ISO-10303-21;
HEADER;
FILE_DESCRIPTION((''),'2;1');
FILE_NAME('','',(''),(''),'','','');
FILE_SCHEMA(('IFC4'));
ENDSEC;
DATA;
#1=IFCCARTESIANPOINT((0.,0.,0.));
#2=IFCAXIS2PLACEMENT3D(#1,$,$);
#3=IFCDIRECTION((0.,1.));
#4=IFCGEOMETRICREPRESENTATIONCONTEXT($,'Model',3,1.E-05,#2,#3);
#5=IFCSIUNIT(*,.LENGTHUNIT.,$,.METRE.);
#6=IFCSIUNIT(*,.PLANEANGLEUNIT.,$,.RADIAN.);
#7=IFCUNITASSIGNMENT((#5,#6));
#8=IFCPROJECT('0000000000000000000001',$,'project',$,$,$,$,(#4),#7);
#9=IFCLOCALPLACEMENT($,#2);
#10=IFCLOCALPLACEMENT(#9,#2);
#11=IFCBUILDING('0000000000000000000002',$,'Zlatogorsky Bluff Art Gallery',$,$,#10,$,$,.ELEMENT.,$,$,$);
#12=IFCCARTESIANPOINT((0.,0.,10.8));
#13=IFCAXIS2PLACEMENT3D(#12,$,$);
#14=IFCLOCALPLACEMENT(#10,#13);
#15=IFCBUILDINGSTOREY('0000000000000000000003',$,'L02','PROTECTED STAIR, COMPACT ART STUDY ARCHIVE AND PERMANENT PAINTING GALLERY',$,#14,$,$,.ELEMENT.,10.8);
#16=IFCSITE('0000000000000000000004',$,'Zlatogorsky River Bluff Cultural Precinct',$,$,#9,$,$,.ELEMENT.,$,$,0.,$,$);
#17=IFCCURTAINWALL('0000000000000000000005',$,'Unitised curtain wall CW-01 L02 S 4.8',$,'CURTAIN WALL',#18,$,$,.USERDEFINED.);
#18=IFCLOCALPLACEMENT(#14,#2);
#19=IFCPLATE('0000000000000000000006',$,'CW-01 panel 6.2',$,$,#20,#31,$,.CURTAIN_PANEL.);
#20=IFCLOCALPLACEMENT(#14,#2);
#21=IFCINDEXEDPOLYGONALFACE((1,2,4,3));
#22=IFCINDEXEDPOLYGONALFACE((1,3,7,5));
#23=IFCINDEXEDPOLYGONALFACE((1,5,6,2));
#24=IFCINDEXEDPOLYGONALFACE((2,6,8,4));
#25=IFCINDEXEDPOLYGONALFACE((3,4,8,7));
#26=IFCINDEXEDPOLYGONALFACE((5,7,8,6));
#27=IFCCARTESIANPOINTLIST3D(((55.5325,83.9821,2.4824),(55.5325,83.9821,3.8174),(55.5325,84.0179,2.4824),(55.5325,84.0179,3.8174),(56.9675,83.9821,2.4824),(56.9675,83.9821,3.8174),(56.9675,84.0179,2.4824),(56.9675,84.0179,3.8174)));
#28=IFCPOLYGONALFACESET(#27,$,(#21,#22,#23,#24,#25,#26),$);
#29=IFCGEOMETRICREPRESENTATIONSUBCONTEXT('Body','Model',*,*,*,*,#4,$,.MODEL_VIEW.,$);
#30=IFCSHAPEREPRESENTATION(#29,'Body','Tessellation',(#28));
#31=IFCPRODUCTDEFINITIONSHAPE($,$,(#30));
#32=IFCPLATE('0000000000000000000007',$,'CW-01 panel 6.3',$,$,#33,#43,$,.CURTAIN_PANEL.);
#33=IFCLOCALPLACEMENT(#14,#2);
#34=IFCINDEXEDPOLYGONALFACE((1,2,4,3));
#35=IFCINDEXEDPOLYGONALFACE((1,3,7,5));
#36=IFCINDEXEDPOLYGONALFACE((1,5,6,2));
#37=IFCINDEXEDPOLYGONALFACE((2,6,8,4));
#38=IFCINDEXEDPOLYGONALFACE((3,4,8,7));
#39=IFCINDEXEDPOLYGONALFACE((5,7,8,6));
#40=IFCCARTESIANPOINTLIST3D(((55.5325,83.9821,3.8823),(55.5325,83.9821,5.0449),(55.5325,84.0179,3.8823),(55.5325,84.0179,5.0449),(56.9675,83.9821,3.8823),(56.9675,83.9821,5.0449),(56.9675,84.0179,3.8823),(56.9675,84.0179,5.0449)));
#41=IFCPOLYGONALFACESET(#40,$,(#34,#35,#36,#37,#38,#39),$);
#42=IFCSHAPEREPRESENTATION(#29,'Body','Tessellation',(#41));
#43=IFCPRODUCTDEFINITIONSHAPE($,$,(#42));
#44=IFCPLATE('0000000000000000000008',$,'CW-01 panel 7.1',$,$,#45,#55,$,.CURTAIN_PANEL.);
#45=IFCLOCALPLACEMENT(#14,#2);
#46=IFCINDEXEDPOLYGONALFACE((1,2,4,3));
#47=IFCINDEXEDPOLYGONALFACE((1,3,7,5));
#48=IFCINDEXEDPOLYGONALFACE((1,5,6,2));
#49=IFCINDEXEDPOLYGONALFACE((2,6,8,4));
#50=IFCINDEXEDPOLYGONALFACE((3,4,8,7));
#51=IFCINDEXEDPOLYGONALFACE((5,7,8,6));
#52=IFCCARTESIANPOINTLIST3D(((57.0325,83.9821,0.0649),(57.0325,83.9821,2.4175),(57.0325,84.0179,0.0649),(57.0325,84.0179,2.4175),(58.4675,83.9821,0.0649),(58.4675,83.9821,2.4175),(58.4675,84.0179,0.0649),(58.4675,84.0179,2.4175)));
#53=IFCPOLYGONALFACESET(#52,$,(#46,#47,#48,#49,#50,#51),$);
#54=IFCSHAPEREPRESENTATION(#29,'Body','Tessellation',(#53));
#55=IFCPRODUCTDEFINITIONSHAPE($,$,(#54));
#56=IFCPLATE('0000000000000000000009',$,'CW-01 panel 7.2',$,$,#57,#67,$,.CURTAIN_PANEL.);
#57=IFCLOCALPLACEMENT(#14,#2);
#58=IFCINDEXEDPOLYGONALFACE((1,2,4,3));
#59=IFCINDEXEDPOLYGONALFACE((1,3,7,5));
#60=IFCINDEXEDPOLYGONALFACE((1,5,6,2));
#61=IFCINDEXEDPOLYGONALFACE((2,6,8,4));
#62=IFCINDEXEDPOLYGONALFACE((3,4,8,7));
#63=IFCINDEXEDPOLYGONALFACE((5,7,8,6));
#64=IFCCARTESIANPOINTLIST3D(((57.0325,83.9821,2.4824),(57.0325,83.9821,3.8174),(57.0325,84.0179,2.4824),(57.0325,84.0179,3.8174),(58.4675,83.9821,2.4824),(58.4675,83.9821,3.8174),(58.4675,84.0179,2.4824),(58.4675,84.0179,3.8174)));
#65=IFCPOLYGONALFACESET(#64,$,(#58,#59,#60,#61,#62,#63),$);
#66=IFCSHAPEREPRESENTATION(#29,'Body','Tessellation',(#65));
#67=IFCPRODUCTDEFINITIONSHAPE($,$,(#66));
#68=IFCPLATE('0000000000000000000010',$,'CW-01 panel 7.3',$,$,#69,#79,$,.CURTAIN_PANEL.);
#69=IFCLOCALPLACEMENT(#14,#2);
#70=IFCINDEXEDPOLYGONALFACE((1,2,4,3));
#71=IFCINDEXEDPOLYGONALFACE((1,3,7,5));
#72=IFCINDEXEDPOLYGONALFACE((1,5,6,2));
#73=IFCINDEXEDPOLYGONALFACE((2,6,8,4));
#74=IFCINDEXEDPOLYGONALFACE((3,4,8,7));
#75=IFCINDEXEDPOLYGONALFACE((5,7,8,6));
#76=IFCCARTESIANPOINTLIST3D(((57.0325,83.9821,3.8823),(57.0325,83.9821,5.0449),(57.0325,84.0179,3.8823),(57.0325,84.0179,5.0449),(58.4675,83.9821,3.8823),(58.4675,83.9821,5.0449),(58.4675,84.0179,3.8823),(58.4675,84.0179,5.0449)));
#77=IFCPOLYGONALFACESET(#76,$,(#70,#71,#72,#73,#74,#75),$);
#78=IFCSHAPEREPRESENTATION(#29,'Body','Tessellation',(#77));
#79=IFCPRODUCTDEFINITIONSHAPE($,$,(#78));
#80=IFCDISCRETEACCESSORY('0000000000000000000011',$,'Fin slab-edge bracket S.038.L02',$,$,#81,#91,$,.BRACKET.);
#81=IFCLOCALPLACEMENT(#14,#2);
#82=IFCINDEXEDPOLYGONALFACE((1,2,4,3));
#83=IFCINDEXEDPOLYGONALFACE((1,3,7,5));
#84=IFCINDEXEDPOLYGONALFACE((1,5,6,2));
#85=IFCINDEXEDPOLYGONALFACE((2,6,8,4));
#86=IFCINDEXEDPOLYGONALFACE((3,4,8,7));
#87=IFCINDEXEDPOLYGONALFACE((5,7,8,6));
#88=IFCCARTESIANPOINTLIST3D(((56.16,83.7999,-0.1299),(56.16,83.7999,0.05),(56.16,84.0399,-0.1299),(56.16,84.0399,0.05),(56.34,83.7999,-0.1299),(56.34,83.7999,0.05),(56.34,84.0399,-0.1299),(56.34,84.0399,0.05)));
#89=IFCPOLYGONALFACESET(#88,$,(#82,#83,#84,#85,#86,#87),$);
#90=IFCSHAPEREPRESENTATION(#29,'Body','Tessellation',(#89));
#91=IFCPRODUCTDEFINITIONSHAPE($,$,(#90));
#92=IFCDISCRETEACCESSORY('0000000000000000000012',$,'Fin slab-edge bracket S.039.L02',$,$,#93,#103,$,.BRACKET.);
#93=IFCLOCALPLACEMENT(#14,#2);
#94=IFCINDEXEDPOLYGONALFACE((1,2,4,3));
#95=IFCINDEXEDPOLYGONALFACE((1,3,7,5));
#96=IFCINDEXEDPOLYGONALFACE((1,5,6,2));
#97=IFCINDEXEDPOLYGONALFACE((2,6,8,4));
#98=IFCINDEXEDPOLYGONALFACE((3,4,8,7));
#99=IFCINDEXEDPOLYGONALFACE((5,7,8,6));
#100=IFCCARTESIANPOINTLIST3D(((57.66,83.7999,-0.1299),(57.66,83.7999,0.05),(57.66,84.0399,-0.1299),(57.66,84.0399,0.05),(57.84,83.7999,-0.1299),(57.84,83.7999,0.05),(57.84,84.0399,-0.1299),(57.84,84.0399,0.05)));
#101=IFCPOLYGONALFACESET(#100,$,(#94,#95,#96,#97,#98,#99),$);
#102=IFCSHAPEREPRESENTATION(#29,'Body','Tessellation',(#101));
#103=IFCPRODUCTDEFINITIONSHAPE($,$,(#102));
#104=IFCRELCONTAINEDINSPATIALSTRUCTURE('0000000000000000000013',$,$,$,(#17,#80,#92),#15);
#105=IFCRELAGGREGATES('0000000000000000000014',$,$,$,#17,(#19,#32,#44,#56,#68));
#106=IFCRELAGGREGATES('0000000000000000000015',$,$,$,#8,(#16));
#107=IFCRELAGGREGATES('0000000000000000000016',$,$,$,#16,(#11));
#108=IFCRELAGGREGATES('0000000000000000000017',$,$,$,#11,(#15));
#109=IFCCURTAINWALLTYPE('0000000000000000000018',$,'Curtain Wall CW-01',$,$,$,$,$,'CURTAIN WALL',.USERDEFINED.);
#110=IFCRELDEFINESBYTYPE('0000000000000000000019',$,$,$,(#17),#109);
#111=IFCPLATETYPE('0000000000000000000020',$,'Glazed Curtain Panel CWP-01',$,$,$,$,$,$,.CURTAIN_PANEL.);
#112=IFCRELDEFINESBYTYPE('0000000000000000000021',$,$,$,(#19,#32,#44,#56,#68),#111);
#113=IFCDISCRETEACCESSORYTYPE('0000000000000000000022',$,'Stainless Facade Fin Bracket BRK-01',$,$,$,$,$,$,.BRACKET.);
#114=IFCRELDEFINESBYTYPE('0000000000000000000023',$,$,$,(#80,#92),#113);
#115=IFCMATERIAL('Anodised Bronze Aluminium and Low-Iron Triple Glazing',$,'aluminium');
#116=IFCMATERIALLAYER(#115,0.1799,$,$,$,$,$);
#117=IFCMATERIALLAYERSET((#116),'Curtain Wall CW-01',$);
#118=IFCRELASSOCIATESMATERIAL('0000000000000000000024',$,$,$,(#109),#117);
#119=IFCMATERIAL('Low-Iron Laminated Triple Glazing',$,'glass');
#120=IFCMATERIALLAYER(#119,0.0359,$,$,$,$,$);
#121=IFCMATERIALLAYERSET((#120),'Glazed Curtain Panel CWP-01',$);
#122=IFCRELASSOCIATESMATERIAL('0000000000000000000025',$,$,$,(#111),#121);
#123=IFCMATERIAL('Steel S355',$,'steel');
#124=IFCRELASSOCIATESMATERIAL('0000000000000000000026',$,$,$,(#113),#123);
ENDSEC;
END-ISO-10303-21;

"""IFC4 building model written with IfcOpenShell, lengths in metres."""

from ifc_helpers import new_model, si_unit, direction, frame, origin, origin_2d, place, context, subcontext, project, spatial, rectangle, extrude, material, layer, layer_set, type_object, element, aggregate, save


model = new_model("IFC4")

# Units and contexts
model_context = context("Model", 3, precision=1e-05, world=origin(), true_north=direction((0.0, 1.0)))
body_context = subcontext(model_context, "Body", "Model", "MODEL_VIEW")
ifc_project = project(units=[si_unit("LENGTHUNIT", "METRE"), si_unit("PLANEANGLEUNIT", "RADIAN")], contexts=[model_context])

# Site, building, storey
site_placement = place(None, origin())
site = spatial("IfcSite", under=ifc_project, at=site_placement, Name="Zlatogorsky River Bluff Cultural Precinct", CompositionType="ELEMENT", RefElevation=0.0)
building_placement = place(site_placement, origin())
building = spatial("IfcBuilding", under=site, at=building_placement, Name="Zlatogorsky Bluff Art Gallery", CompositionType="ELEMENT")
storey_placement = place(building_placement, frame((0.0, 0.0, 10.8)))
storey = spatial("IfcBuildingStorey", under=building, at=storey_placement, Name="L02", Description="PROTECTED STAIR, COMPACT ART STUDY ARCHIVE AND PERMANENT PAINTING GALLERY", CompositionType="ELEMENT", Elevation=10.8)

# Curtain wall, plates
ifc_material_1 = material(Name="Anodised Bronze Aluminium and Low-Iron Triple Glazing", Category="aluminium")
ifc_layer_1 = layer(ifc_material_1, 0.1799)
ifc_layer_set_1 = layer_set([ifc_layer_1], Name="Curtain Wall CW-01")
curtain_wall_type = type_object("IfcCurtainWallType", Name="Curtain Wall CW-01", ElementType="CURTAIN WALL", PredefinedType="USERDEFINED", material=ifc_layer_set_1)
curtain_wall_placement = place(storey_placement, origin())
curtain_wall = element("IfcCurtainWall", 1, at=curtain_wall_placement, inside=storey, type_object=curtain_wall_type, Name="Unitised curtain wall CW-01 L02 S 4.8", ObjectType="CURTAIN WALL", PredefinedType="USERDEFINED")
ifc_material_2 = material(Name="Low-Iron Laminated Triple Glazing", Category="glass")
ifc_layer_2 = layer(ifc_material_2, 0.0359)
ifc_layer_set_2 = layer_set([ifc_layer_2], Name="Glazed Curtain Panel CWP-01")
plate_type = type_object("IfcPlateType", Name="Glazed Curtain Panel CWP-01", PredefinedType="CURTAIN_PANEL", material=ifc_layer_set_2)
plate_1_placement = place(storey_placement, frame((56.25, 84.0, 2.4824), z_axis=(0.0, 0.0, 1.0), x_axis=(1.0, 0.0, 0.0)))
plate_1 = element("IfcPlate", 2, at=plate_1_placement, type_object=plate_type, Name="CW-01 panel 6.2", PredefinedType="CURTAIN_PANEL", context=body_context, shape_type="SweptSolid", body=[
    extrude(rectangle(XDim=1.4351, YDim=0.0359, at=origin_2d()), origin(), (0.0, 0.0, 1.0), 1.335),
])
plate_2_placement = place(storey_placement, frame((56.25, 84.0, 3.8823), z_axis=(0.0, 0.0, 1.0), x_axis=(1.0, 0.0, 0.0)))
plate_2 = element("IfcPlate", 3, at=plate_2_placement, type_object=plate_type, Name="CW-01 panel 6.3", PredefinedType="CURTAIN_PANEL", context=body_context, shape_type="SweptSolid", body=[
    extrude(rectangle(XDim=1.4351, YDim=0.0359, at=origin_2d()), origin(), (0.0, 0.0, 1.0), 1.1626),
])
plate_3_placement = place(storey_placement, frame((57.75, 84.0, 0.0649), z_axis=(0.0, 0.0, 1.0), x_axis=(1.0, 0.0, 0.0)))
plate_3 = element("IfcPlate", 4, at=plate_3_placement, type_object=plate_type, Name="CW-01 panel 7.1", PredefinedType="CURTAIN_PANEL", context=body_context, shape_type="SweptSolid", body=[
    extrude(rectangle(XDim=1.4351, YDim=0.0359, at=origin_2d()), origin(), (0.0, 0.0, 1.0), 2.3525),
])
plate_4_placement = place(storey_placement, frame((57.75, 84.0, 2.4824), z_axis=(0.0, 0.0, 1.0), x_axis=(1.0, 0.0, 0.0)))
plate_4 = element("IfcPlate", 5, at=plate_4_placement, type_object=plate_type, Name="CW-01 panel 7.2", PredefinedType="CURTAIN_PANEL", context=body_context, shape_type="SweptSolid", body=[
    extrude(rectangle(XDim=1.4351, YDim=0.0359, at=origin_2d()), origin(), (0.0, 0.0, 1.0), 1.335),
])
plate_5_placement = place(storey_placement, frame((57.75, 84.0, 3.8823), z_axis=(0.0, 0.0, 1.0), x_axis=(1.0, 0.0, 0.0)))
plate_5 = element("IfcPlate", 6, at=plate_5_placement, type_object=plate_type, Name="CW-01 panel 7.3", PredefinedType="CURTAIN_PANEL", context=body_context, shape_type="SweptSolid", body=[
    extrude(rectangle(XDim=1.4351, YDim=0.0359, at=origin_2d()), origin(), (0.0, 0.0, 1.0), 1.1626),
])
aggregate(curtain_wall, [plate_1, plate_2, plate_3, plate_4, plate_5])

# Discrete accessories
ifc_material_3 = material(Name="Steel S355", Category="steel")
discrete_accessory_type = type_object("IfcDiscreteAccessoryType", Name="Stainless Facade Fin Bracket BRK-01", PredefinedType="BRACKET", material=ifc_material_3)
for number, where, z_axis, x_axis, name in (
    (7, (56.25, 83.9199, -0.1299), (0.0, 0.0, 1.0), (1.0, 0.0, 0.0), "Fin slab-edge bracket S.038.L02"),
    (8, (57.75, 83.9199, -0.1299), (0.0, 0.0, 1.0), (1.0, 0.0, 0.0), "Fin slab-edge bracket S.039.L02"),
):
    element("IfcDiscreteAccessory", number, at=place(storey_placement, frame(where, z_axis=z_axis, x_axis=x_axis)), inside=storey, type_object=discrete_accessory_type, Name=name, PredefinedType="BRACKET", context=body_context, shape_type="SweptSolid", body=[
        extrude(rectangle(XDim=0.1799, YDim=0.24, at=origin_2d()), origin(), (0.0, 0.0, 1.0), 0.1799),
    ])

save(model, "model.ifc")
